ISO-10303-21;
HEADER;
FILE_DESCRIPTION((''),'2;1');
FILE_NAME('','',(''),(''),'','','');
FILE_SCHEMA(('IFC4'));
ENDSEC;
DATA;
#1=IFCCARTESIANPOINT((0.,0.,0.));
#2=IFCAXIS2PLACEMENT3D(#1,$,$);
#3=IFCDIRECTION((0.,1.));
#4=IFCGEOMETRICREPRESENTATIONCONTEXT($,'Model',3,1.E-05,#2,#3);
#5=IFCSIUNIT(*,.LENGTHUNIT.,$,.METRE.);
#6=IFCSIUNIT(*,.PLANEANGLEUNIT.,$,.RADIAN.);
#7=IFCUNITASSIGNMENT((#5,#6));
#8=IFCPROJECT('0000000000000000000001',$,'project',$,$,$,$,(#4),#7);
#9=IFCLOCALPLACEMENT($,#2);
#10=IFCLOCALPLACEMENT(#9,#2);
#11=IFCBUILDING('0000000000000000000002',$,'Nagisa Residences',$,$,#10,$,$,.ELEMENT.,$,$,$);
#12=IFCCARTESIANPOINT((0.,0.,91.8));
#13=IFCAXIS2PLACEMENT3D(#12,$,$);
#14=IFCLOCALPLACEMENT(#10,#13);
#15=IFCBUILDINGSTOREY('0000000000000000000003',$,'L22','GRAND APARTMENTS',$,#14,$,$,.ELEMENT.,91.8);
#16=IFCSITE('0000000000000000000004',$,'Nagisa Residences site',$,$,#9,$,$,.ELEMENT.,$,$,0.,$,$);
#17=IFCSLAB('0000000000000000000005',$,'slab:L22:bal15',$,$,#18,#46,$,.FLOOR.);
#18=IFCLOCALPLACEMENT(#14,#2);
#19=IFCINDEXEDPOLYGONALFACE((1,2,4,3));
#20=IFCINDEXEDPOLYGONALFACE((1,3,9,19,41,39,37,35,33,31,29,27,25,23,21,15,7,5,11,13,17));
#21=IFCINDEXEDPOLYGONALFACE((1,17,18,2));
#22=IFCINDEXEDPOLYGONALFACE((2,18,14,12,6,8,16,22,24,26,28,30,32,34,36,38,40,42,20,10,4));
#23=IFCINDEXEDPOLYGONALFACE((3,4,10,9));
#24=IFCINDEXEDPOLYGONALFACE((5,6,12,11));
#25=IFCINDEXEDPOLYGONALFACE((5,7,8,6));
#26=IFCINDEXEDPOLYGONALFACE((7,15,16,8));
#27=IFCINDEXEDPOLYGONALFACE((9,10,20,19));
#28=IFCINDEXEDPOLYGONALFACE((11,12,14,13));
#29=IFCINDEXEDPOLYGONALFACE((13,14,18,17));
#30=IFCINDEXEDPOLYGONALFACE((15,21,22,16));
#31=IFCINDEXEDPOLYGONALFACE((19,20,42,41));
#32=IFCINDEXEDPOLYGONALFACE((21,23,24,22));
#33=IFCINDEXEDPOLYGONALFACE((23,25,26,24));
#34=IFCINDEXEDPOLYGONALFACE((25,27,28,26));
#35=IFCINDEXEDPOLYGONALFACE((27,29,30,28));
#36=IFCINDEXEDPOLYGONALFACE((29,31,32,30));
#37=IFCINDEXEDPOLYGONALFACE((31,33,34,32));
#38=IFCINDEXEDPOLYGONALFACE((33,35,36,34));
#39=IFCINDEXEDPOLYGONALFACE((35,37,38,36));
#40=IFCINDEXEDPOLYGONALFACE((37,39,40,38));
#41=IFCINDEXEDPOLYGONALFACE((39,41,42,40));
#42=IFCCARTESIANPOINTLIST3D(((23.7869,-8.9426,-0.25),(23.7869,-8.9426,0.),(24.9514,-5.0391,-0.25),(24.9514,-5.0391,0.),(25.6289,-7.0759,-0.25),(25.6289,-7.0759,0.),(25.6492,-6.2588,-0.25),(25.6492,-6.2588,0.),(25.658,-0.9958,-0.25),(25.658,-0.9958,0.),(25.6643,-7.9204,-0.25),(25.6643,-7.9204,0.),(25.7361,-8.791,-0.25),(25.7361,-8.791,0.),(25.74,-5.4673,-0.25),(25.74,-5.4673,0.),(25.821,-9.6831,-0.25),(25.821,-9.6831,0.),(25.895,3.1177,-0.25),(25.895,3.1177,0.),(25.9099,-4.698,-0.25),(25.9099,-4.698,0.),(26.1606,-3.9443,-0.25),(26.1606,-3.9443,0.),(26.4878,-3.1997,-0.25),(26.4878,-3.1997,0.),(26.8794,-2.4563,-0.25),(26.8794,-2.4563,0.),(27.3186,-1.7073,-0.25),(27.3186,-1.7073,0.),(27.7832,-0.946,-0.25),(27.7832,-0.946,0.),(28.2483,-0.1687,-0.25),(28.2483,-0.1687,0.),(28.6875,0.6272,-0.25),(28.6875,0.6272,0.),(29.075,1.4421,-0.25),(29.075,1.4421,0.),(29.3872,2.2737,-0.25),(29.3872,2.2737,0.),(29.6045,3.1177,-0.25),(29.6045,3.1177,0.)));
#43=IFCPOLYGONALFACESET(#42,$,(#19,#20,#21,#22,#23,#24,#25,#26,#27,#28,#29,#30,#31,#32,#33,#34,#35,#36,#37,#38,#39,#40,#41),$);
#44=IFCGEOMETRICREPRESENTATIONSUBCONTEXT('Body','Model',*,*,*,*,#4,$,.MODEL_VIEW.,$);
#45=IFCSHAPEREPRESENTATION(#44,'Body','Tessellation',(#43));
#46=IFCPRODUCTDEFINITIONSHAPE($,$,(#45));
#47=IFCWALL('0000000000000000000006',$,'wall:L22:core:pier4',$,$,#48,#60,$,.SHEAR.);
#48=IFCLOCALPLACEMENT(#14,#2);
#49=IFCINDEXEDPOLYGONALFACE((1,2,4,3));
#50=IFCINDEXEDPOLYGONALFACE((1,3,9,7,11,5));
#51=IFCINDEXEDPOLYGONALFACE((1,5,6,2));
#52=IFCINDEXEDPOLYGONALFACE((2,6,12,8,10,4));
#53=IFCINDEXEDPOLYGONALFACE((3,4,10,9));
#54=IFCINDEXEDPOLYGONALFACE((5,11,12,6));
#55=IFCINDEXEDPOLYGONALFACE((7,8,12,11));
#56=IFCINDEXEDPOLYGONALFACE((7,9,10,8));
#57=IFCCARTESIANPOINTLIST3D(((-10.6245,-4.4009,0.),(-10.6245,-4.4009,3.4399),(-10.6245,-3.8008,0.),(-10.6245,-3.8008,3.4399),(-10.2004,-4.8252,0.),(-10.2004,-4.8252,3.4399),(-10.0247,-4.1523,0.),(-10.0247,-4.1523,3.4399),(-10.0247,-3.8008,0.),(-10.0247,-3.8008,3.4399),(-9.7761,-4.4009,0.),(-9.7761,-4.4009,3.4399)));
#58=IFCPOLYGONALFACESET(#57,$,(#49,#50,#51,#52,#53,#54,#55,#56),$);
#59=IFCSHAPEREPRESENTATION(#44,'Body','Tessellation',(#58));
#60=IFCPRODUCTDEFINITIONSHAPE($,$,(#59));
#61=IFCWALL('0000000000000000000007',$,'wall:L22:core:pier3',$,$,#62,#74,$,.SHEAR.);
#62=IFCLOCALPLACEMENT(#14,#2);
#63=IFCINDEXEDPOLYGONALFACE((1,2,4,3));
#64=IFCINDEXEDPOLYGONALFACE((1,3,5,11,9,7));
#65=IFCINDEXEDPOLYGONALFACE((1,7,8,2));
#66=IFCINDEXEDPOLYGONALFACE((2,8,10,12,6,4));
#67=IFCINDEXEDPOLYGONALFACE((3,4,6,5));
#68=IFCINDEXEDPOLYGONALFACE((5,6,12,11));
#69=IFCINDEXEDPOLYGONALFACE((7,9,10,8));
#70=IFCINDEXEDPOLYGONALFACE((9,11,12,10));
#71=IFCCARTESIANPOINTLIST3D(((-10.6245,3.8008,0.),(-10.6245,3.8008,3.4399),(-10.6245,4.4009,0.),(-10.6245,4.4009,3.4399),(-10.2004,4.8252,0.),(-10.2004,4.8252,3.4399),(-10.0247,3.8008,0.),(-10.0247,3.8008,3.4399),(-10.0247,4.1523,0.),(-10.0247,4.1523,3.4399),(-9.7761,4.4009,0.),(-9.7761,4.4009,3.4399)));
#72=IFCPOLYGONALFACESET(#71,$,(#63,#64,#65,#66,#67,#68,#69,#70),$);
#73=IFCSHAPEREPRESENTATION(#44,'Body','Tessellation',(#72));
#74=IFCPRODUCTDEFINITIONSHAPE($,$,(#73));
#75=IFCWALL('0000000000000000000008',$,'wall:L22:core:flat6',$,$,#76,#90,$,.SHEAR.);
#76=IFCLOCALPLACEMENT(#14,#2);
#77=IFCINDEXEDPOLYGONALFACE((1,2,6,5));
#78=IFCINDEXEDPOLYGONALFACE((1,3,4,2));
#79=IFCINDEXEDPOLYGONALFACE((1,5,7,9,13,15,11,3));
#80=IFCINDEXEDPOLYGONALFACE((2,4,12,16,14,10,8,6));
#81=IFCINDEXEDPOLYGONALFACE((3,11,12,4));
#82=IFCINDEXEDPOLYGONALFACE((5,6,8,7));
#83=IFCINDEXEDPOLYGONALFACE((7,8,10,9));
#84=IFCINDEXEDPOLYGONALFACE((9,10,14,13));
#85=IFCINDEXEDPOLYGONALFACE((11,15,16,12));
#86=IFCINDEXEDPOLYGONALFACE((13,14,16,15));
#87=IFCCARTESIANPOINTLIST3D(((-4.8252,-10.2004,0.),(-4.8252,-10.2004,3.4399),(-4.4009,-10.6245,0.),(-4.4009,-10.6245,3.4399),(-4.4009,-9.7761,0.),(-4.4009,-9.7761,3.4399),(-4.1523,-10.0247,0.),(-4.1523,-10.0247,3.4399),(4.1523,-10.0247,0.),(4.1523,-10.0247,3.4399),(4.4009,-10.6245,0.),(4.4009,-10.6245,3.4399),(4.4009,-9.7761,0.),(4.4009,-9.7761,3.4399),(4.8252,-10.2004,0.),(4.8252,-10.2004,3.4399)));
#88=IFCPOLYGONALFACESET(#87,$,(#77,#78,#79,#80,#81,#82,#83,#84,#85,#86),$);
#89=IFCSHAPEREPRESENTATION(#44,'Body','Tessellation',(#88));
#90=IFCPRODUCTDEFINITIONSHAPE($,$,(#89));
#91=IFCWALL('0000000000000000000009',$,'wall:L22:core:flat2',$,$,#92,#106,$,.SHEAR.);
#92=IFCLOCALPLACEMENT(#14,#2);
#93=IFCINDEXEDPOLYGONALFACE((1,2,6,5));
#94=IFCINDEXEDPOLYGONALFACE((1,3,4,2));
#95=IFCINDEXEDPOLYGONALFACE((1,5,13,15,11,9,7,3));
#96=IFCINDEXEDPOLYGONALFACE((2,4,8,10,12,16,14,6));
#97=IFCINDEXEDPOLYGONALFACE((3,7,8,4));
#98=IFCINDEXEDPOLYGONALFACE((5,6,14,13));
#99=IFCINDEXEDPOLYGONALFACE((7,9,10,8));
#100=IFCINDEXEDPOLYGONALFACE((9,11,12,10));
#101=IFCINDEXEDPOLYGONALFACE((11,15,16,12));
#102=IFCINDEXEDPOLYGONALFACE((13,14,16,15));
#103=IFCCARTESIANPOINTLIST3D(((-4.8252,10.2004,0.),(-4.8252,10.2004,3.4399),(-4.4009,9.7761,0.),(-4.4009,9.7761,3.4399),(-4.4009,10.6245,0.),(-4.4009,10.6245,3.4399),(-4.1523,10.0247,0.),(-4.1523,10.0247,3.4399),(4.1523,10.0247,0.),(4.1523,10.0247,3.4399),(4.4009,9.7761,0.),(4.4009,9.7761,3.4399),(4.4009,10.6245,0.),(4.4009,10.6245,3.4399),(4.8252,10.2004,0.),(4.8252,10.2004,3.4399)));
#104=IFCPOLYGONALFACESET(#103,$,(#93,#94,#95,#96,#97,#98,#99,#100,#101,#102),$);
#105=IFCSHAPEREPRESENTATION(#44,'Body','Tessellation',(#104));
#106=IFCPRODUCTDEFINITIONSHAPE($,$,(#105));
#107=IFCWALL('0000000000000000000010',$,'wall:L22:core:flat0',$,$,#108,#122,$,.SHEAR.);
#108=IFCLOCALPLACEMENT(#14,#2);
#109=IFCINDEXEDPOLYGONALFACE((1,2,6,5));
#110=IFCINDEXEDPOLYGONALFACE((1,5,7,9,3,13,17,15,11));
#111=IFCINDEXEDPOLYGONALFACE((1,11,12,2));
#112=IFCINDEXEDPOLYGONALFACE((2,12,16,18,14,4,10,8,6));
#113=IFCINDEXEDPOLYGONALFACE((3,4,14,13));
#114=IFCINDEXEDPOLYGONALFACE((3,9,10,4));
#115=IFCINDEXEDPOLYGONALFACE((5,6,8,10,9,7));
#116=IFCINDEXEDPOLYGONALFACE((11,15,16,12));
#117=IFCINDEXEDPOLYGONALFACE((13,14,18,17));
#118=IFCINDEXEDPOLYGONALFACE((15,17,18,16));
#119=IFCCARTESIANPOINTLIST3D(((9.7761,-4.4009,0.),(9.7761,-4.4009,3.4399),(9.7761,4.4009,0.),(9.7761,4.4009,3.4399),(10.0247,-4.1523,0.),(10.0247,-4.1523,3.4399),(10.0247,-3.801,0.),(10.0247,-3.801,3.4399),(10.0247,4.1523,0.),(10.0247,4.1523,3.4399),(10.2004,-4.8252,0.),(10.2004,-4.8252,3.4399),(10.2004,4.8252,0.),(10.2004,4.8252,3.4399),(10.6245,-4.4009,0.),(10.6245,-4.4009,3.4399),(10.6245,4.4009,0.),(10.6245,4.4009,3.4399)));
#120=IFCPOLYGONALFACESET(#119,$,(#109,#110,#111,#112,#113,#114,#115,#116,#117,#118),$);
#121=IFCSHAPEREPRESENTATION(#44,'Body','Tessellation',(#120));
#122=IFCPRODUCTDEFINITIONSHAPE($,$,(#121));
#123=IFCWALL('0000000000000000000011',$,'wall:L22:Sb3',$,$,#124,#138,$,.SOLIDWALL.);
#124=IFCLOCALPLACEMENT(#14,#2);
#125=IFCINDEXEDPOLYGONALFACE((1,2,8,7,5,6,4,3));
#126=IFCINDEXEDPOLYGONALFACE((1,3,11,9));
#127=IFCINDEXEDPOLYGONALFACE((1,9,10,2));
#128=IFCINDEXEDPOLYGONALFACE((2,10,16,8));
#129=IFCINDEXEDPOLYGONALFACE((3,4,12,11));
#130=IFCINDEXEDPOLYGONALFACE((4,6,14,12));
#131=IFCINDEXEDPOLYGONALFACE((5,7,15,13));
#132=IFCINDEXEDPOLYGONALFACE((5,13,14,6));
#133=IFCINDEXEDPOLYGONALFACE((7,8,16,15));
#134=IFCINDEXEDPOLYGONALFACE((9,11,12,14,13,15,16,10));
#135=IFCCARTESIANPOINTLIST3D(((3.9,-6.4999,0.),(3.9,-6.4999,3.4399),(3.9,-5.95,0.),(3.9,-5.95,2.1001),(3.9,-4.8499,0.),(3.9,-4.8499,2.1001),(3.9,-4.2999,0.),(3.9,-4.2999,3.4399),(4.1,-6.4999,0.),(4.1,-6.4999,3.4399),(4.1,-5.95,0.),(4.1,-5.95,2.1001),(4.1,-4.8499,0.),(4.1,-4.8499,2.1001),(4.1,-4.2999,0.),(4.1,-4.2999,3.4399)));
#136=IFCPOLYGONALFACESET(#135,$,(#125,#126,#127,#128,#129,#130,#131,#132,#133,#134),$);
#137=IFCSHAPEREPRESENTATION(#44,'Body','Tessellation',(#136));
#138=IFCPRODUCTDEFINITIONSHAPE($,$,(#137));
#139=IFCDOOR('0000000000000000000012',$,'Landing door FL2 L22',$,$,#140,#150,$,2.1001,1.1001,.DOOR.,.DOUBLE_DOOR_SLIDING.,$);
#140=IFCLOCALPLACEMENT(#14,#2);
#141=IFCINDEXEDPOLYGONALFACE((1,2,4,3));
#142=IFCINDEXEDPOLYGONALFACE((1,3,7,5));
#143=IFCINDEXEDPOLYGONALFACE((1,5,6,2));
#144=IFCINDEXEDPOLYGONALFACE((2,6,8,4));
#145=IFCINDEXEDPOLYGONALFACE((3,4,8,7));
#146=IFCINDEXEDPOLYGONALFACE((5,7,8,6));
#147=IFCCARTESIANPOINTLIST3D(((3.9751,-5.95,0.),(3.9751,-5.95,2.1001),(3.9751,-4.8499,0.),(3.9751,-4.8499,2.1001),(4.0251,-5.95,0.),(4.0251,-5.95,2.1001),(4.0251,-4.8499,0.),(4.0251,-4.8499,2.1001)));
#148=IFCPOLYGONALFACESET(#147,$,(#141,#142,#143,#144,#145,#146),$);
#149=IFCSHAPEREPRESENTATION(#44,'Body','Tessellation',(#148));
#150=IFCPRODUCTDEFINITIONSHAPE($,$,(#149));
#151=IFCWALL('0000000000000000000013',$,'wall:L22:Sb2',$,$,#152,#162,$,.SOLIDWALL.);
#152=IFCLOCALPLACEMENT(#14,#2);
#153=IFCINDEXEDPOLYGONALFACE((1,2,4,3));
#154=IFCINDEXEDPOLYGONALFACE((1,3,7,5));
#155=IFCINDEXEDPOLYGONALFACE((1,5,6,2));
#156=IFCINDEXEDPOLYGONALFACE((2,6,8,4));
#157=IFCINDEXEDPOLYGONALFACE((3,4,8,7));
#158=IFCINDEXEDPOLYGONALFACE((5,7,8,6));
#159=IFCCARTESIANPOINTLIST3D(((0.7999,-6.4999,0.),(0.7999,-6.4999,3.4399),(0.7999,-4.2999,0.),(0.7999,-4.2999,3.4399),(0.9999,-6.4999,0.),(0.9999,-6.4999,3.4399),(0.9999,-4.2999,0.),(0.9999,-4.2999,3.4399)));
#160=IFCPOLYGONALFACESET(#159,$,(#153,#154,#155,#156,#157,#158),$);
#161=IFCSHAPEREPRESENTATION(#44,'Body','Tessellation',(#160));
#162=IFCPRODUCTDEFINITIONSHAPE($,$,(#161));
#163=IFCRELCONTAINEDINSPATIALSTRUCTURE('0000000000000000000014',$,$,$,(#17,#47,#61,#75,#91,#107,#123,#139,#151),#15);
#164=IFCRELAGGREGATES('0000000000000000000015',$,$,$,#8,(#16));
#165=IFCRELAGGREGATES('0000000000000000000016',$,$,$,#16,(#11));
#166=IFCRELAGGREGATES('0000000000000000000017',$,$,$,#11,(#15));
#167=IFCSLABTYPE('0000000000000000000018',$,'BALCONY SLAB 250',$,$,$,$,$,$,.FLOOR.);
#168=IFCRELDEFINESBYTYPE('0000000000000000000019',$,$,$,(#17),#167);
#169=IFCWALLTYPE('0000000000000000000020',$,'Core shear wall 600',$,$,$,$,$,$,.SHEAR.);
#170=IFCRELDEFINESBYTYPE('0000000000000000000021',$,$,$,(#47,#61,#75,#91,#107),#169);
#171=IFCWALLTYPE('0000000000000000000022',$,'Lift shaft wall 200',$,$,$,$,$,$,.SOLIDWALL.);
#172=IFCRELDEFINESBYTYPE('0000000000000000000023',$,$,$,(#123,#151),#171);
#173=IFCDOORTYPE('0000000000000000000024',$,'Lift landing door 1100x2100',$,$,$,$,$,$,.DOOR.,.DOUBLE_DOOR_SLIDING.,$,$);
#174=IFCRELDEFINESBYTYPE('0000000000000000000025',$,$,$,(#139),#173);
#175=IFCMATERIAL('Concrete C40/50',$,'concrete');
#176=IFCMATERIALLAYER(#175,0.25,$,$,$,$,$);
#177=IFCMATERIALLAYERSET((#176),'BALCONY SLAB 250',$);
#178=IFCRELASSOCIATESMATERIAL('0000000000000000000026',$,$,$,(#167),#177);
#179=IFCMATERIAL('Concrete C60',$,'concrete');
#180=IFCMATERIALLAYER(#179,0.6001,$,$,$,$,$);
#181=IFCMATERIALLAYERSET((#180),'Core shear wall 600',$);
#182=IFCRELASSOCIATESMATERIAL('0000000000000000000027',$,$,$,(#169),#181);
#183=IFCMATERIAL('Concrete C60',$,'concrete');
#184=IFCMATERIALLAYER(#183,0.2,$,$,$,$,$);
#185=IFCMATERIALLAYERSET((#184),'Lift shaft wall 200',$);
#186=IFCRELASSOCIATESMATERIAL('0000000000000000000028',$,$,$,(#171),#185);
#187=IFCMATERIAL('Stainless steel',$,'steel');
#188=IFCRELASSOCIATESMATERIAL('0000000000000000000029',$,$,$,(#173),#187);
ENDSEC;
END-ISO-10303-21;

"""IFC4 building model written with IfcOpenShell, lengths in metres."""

from ifc_helpers import new_model, si_unit, direction, frame, frame_2d, origin, place, context, subcontext, project, spatial, polyline, rectangle, outline, extrude, material, layer, layer_set, type_object, element, fill, save


model = new_model("IFC4")

# Units and contexts
model_context = context("Model", 3, precision=1e-05, world=origin(), true_north=direction((0.0, 1.0)))
body_context = subcontext(model_context, "Body", "Model", "MODEL_VIEW")
ifc_project = project(units=[si_unit("LENGTHUNIT", "METRE"), si_unit("PLANEANGLEUNIT", "RADIAN")], contexts=[model_context])

# Site, building, storey
site_placement = place(None, origin())
site = spatial("IfcSite", under=ifc_project, at=site_placement, Name="Nagisa Residences site", CompositionType="ELEMENT", RefElevation=0.0)
building_placement = place(site_placement, origin())
building = spatial("IfcBuilding", under=site, at=building_placement, Name="Nagisa Residences", CompositionType="ELEMENT")
storey_placement = place(building_placement, frame((0.0, 0.0, 91.8)))
storey = spatial("IfcBuildingStorey", under=building, at=storey_placement, Name="L22", Description="GRAND APARTMENTS", CompositionType="ELEMENT", Elevation=91.8)

# Slab
ifc_material_1 = material(Name="Concrete C40/50", Category="concrete")
ifc_layer_1 = layer(ifc_material_1, 0.25)
ifc_layer_set_1 = layer_set([ifc_layer_1], Name="BALCONY SLAB 250")
slab_type = type_object("IfcSlabType", Name="BALCONY SLAB 250", PredefinedType="FLOOR", material=ifc_layer_set_1)
slab_1_placement = place(storey_placement, frame((0.0, 0.0, -0.25)))
element("IfcSlab", 1, at=slab_1_placement, inside=storey, type_object=slab_type, Name="slab:L22:bal15", PredefinedType="FLOOR", context=body_context, shape_type="SweptSolid", body=[
    extrude(outline(polyline([(25.821, -9.6831), (25.7361, -8.791), (25.6643, -7.9204), (25.6289, -7.0759), (25.6492, -6.2588), (25.74, -5.4673), (25.9099, -4.698), (26.1606, -3.9443), (26.4878, -3.1997), (26.8794, -2.4563), (27.3186, -1.7073), (27.7832, -0.946), (28.2483, -0.1687), (28.6875, 0.6272), (29.075, 1.4421), (29.3872, 2.2737), (29.6045, 3.1177), (25.895, 3.1177), (25.658, -0.9958), (24.9514, -5.0391), (23.7869, -8.9426), (25.821, -9.6831)])), origin(), (0.0, 0.0, 1.0), 0.25),
])

# Walls
ifc_material_2 = material(Name="Concrete C60", Category="concrete")
ifc_layer_2 = layer(ifc_material_2, 0.6001)
ifc_layer_set_2 = layer_set([ifc_layer_2], Name="Core shear wall 600")
wall_type_1 = type_object("IfcWallType", Name="Core shear wall 600", PredefinedType="SHEAR", material=ifc_layer_set_2)
wall_1_placement = place(storey_placement, origin())
element("IfcWall", 2, at=wall_1_placement, inside=storey, type_object=wall_type_1, Name="wall:L22:core:pier4", PredefinedType="SHEAR", context=body_context, shape_type="SweptSolid", body=[
    extrude(outline(polyline([(-10.6245, -3.8008), (-10.0247, -3.8008), (-10.0247, -4.1523), (-9.7761, -4.4009), (-10.2004, -4.8252), (-10.6245, -4.4009), (-10.6245, -3.8008)])), origin(), (0.0, 0.0, 1.0), 3.4399),
])
wall_2_placement = place(storey_placement, origin())
element("IfcWall", 3, at=wall_2_placement, inside=storey, type_object=wall_type_1, Name="wall:L22:core:pier3", PredefinedType="SHEAR", context=body_context, shape_type="SweptSolid", body=[
    extrude(outline(polyline([(-10.2004, 4.8252), (-9.7761, 4.4009), (-10.0247, 4.1523), (-10.0247, 3.8008), (-10.6245, 3.8008), (-10.6245, 4.4009), (-10.2004, 4.8252)])), origin(), (0.0, 0.0, 1.0), 3.4399),
])
wall_3_placement = place(storey_placement, origin())
element("IfcWall", 4, at=wall_3_placement, inside=storey, type_object=wall_type_1, Name="wall:L22:core:flat6", PredefinedType="SHEAR", context=body_context, shape_type="SweptSolid", body=[
    extrude(outline(polyline([(-4.1523, -10.0247), (4.1523, -10.0247), (4.4009, -9.7761), (4.8252, -10.2004), (4.4009, -10.6245), (-4.4009, -10.6245), (-4.8252, -10.2004), (-4.4009, -9.7761), (-4.1523, -10.0247)])), origin(), (0.0, 0.0, 1.0), 3.4399),
])
wall_4_placement = place(storey_placement, origin())
element("IfcWall", 5, at=wall_4_placement, inside=storey, type_object=wall_type_1, Name="wall:L22:core:flat2", PredefinedType="SHEAR", context=body_context, shape_type="SweptSolid", body=[
    extrude(outline(polyline([(-4.1523, 10.0247), (-4.4009, 9.7761), (-4.8252, 10.2004), (-4.4009, 10.6245), (4.4009, 10.6245), (4.8252, 10.2004), (4.4009, 9.7761), (4.1523, 10.0247), (-4.1523, 10.0247)])), origin(), (0.0, 0.0, 1.0), 3.4399),
])
wall_5_placement = place(storey_placement, origin())
element("IfcWall", 6, at=wall_5_placement, inside=storey, type_object=wall_type_1, Name="wall:L22:core:flat0", PredefinedType="SHEAR", context=body_context, shape_type="SweptSolid", body=[
    extrude(outline(polyline([(9.7761, -4.4009), (10.0247, -4.1523), (10.0247, -3.801), (10.0247, 4.1523), (9.7761, 4.4009), (10.2004, 4.8252), (10.6245, 4.4009), (10.6245, -4.4009), (10.2004, -4.8252), (9.7761, -4.4009)])), origin(), (0.0, 0.0, 1.0), 3.4399),
])

# Wall, opening, door
ifc_material_3 = material(Name="Concrete C60", Category="concrete")
ifc_layer_3 = layer(ifc_material_3, 0.2)
ifc_layer_set_3 = layer_set([ifc_layer_3], Name="Lift shaft wall 200")
wall_type_2 = type_object("IfcWallType", Name="Lift shaft wall 200", PredefinedType="SOLIDWALL", material=ifc_layer_set_3)
wall_6_placement = place(storey_placement, frame((4.0, -6.5, 0.0), z_axis=(0.0, 0.0, 1.0), x_axis=(0.0, 1.0, 0.0)))
wall_6 = element("IfcWall", 7, at=wall_6_placement, inside=storey, type_object=wall_type_2, Name="wall:L22:Sb3", PredefinedType="SOLIDWALL", context=body_context, shape_type="SweptSolid", body=[
    extrude(rectangle(XDim=2.2, YDim=0.2, at=frame_2d((1.1001, 0.0))), origin(), (0.0, 0.0, 1.0), 3.4399),
])
opening_placement = place(wall_6_placement, frame((0.55, 0.0, 0.0)))
opening = element("IfcOpeningElement", 8, at=opening_placement, cuts=wall_6, PredefinedType="OPENING", context=body_context, shape_type="SweptSolid", body=[
    extrude(rectangle(XDim=1.1001, YDim=2.1001, at=frame_2d((0.55, 1.05))), frame((0.0, 0.1099, 0.0), z_axis=(0.0, -1.0, 0.0), x_axis=(1.0, 0.0, 0.0)), (0.0, 0.0, 1.0), 0.22),
])
ifc_material_4 = material(Name="Stainless steel", Category="steel")
door_type = type_object("IfcDoorType", Name="Lift landing door 1100x2100", OperationType="DOUBLE_DOOR_SLIDING", PredefinedType="DOOR", material=ifc_material_4)
door_placement = place(opening_placement, origin())
door = element("IfcDoor", 9, at=door_placement, inside=storey, type_object=door_type, Name="Landing door FL2 L22", OperationType="DOUBLE_DOOR_SLIDING", OverallHeight=2.1001, OverallWidth=1.1001, PredefinedType="DOOR", context=body_context, shape_type="SweptSolid", body=[
    extrude(rectangle(XDim=1.1001, YDim=2.1001, at=frame_2d((0.55, 1.05))), frame((0.0, 0.0249, 0.0), z_axis=(0.0, -1.0, 0.0), x_axis=(1.0, 0.0, 0.0)), (0.0, 0.0, 1.0), 0.05),
])
fill(opening, door)

# Wall
wall_7_placement = place(storey_placement, frame((0.8999, -6.5, 0.0), z_axis=(0.0, 0.0, 1.0), x_axis=(0.0, 1.0, 0.0)))
element("IfcWall", 10, at=wall_7_placement, inside=storey, type_object=wall_type_2, Name="wall:L22:Sb2", PredefinedType="SOLIDWALL", context=body_context, shape_type="SweptSolid", body=[
    extrude(rectangle(XDim=2.2, YDim=0.2, at=frame_2d((1.1001, 0.0))), origin(), (0.0, 0.0, 1.0), 3.4399),
])

save(model, "model.ifc")
